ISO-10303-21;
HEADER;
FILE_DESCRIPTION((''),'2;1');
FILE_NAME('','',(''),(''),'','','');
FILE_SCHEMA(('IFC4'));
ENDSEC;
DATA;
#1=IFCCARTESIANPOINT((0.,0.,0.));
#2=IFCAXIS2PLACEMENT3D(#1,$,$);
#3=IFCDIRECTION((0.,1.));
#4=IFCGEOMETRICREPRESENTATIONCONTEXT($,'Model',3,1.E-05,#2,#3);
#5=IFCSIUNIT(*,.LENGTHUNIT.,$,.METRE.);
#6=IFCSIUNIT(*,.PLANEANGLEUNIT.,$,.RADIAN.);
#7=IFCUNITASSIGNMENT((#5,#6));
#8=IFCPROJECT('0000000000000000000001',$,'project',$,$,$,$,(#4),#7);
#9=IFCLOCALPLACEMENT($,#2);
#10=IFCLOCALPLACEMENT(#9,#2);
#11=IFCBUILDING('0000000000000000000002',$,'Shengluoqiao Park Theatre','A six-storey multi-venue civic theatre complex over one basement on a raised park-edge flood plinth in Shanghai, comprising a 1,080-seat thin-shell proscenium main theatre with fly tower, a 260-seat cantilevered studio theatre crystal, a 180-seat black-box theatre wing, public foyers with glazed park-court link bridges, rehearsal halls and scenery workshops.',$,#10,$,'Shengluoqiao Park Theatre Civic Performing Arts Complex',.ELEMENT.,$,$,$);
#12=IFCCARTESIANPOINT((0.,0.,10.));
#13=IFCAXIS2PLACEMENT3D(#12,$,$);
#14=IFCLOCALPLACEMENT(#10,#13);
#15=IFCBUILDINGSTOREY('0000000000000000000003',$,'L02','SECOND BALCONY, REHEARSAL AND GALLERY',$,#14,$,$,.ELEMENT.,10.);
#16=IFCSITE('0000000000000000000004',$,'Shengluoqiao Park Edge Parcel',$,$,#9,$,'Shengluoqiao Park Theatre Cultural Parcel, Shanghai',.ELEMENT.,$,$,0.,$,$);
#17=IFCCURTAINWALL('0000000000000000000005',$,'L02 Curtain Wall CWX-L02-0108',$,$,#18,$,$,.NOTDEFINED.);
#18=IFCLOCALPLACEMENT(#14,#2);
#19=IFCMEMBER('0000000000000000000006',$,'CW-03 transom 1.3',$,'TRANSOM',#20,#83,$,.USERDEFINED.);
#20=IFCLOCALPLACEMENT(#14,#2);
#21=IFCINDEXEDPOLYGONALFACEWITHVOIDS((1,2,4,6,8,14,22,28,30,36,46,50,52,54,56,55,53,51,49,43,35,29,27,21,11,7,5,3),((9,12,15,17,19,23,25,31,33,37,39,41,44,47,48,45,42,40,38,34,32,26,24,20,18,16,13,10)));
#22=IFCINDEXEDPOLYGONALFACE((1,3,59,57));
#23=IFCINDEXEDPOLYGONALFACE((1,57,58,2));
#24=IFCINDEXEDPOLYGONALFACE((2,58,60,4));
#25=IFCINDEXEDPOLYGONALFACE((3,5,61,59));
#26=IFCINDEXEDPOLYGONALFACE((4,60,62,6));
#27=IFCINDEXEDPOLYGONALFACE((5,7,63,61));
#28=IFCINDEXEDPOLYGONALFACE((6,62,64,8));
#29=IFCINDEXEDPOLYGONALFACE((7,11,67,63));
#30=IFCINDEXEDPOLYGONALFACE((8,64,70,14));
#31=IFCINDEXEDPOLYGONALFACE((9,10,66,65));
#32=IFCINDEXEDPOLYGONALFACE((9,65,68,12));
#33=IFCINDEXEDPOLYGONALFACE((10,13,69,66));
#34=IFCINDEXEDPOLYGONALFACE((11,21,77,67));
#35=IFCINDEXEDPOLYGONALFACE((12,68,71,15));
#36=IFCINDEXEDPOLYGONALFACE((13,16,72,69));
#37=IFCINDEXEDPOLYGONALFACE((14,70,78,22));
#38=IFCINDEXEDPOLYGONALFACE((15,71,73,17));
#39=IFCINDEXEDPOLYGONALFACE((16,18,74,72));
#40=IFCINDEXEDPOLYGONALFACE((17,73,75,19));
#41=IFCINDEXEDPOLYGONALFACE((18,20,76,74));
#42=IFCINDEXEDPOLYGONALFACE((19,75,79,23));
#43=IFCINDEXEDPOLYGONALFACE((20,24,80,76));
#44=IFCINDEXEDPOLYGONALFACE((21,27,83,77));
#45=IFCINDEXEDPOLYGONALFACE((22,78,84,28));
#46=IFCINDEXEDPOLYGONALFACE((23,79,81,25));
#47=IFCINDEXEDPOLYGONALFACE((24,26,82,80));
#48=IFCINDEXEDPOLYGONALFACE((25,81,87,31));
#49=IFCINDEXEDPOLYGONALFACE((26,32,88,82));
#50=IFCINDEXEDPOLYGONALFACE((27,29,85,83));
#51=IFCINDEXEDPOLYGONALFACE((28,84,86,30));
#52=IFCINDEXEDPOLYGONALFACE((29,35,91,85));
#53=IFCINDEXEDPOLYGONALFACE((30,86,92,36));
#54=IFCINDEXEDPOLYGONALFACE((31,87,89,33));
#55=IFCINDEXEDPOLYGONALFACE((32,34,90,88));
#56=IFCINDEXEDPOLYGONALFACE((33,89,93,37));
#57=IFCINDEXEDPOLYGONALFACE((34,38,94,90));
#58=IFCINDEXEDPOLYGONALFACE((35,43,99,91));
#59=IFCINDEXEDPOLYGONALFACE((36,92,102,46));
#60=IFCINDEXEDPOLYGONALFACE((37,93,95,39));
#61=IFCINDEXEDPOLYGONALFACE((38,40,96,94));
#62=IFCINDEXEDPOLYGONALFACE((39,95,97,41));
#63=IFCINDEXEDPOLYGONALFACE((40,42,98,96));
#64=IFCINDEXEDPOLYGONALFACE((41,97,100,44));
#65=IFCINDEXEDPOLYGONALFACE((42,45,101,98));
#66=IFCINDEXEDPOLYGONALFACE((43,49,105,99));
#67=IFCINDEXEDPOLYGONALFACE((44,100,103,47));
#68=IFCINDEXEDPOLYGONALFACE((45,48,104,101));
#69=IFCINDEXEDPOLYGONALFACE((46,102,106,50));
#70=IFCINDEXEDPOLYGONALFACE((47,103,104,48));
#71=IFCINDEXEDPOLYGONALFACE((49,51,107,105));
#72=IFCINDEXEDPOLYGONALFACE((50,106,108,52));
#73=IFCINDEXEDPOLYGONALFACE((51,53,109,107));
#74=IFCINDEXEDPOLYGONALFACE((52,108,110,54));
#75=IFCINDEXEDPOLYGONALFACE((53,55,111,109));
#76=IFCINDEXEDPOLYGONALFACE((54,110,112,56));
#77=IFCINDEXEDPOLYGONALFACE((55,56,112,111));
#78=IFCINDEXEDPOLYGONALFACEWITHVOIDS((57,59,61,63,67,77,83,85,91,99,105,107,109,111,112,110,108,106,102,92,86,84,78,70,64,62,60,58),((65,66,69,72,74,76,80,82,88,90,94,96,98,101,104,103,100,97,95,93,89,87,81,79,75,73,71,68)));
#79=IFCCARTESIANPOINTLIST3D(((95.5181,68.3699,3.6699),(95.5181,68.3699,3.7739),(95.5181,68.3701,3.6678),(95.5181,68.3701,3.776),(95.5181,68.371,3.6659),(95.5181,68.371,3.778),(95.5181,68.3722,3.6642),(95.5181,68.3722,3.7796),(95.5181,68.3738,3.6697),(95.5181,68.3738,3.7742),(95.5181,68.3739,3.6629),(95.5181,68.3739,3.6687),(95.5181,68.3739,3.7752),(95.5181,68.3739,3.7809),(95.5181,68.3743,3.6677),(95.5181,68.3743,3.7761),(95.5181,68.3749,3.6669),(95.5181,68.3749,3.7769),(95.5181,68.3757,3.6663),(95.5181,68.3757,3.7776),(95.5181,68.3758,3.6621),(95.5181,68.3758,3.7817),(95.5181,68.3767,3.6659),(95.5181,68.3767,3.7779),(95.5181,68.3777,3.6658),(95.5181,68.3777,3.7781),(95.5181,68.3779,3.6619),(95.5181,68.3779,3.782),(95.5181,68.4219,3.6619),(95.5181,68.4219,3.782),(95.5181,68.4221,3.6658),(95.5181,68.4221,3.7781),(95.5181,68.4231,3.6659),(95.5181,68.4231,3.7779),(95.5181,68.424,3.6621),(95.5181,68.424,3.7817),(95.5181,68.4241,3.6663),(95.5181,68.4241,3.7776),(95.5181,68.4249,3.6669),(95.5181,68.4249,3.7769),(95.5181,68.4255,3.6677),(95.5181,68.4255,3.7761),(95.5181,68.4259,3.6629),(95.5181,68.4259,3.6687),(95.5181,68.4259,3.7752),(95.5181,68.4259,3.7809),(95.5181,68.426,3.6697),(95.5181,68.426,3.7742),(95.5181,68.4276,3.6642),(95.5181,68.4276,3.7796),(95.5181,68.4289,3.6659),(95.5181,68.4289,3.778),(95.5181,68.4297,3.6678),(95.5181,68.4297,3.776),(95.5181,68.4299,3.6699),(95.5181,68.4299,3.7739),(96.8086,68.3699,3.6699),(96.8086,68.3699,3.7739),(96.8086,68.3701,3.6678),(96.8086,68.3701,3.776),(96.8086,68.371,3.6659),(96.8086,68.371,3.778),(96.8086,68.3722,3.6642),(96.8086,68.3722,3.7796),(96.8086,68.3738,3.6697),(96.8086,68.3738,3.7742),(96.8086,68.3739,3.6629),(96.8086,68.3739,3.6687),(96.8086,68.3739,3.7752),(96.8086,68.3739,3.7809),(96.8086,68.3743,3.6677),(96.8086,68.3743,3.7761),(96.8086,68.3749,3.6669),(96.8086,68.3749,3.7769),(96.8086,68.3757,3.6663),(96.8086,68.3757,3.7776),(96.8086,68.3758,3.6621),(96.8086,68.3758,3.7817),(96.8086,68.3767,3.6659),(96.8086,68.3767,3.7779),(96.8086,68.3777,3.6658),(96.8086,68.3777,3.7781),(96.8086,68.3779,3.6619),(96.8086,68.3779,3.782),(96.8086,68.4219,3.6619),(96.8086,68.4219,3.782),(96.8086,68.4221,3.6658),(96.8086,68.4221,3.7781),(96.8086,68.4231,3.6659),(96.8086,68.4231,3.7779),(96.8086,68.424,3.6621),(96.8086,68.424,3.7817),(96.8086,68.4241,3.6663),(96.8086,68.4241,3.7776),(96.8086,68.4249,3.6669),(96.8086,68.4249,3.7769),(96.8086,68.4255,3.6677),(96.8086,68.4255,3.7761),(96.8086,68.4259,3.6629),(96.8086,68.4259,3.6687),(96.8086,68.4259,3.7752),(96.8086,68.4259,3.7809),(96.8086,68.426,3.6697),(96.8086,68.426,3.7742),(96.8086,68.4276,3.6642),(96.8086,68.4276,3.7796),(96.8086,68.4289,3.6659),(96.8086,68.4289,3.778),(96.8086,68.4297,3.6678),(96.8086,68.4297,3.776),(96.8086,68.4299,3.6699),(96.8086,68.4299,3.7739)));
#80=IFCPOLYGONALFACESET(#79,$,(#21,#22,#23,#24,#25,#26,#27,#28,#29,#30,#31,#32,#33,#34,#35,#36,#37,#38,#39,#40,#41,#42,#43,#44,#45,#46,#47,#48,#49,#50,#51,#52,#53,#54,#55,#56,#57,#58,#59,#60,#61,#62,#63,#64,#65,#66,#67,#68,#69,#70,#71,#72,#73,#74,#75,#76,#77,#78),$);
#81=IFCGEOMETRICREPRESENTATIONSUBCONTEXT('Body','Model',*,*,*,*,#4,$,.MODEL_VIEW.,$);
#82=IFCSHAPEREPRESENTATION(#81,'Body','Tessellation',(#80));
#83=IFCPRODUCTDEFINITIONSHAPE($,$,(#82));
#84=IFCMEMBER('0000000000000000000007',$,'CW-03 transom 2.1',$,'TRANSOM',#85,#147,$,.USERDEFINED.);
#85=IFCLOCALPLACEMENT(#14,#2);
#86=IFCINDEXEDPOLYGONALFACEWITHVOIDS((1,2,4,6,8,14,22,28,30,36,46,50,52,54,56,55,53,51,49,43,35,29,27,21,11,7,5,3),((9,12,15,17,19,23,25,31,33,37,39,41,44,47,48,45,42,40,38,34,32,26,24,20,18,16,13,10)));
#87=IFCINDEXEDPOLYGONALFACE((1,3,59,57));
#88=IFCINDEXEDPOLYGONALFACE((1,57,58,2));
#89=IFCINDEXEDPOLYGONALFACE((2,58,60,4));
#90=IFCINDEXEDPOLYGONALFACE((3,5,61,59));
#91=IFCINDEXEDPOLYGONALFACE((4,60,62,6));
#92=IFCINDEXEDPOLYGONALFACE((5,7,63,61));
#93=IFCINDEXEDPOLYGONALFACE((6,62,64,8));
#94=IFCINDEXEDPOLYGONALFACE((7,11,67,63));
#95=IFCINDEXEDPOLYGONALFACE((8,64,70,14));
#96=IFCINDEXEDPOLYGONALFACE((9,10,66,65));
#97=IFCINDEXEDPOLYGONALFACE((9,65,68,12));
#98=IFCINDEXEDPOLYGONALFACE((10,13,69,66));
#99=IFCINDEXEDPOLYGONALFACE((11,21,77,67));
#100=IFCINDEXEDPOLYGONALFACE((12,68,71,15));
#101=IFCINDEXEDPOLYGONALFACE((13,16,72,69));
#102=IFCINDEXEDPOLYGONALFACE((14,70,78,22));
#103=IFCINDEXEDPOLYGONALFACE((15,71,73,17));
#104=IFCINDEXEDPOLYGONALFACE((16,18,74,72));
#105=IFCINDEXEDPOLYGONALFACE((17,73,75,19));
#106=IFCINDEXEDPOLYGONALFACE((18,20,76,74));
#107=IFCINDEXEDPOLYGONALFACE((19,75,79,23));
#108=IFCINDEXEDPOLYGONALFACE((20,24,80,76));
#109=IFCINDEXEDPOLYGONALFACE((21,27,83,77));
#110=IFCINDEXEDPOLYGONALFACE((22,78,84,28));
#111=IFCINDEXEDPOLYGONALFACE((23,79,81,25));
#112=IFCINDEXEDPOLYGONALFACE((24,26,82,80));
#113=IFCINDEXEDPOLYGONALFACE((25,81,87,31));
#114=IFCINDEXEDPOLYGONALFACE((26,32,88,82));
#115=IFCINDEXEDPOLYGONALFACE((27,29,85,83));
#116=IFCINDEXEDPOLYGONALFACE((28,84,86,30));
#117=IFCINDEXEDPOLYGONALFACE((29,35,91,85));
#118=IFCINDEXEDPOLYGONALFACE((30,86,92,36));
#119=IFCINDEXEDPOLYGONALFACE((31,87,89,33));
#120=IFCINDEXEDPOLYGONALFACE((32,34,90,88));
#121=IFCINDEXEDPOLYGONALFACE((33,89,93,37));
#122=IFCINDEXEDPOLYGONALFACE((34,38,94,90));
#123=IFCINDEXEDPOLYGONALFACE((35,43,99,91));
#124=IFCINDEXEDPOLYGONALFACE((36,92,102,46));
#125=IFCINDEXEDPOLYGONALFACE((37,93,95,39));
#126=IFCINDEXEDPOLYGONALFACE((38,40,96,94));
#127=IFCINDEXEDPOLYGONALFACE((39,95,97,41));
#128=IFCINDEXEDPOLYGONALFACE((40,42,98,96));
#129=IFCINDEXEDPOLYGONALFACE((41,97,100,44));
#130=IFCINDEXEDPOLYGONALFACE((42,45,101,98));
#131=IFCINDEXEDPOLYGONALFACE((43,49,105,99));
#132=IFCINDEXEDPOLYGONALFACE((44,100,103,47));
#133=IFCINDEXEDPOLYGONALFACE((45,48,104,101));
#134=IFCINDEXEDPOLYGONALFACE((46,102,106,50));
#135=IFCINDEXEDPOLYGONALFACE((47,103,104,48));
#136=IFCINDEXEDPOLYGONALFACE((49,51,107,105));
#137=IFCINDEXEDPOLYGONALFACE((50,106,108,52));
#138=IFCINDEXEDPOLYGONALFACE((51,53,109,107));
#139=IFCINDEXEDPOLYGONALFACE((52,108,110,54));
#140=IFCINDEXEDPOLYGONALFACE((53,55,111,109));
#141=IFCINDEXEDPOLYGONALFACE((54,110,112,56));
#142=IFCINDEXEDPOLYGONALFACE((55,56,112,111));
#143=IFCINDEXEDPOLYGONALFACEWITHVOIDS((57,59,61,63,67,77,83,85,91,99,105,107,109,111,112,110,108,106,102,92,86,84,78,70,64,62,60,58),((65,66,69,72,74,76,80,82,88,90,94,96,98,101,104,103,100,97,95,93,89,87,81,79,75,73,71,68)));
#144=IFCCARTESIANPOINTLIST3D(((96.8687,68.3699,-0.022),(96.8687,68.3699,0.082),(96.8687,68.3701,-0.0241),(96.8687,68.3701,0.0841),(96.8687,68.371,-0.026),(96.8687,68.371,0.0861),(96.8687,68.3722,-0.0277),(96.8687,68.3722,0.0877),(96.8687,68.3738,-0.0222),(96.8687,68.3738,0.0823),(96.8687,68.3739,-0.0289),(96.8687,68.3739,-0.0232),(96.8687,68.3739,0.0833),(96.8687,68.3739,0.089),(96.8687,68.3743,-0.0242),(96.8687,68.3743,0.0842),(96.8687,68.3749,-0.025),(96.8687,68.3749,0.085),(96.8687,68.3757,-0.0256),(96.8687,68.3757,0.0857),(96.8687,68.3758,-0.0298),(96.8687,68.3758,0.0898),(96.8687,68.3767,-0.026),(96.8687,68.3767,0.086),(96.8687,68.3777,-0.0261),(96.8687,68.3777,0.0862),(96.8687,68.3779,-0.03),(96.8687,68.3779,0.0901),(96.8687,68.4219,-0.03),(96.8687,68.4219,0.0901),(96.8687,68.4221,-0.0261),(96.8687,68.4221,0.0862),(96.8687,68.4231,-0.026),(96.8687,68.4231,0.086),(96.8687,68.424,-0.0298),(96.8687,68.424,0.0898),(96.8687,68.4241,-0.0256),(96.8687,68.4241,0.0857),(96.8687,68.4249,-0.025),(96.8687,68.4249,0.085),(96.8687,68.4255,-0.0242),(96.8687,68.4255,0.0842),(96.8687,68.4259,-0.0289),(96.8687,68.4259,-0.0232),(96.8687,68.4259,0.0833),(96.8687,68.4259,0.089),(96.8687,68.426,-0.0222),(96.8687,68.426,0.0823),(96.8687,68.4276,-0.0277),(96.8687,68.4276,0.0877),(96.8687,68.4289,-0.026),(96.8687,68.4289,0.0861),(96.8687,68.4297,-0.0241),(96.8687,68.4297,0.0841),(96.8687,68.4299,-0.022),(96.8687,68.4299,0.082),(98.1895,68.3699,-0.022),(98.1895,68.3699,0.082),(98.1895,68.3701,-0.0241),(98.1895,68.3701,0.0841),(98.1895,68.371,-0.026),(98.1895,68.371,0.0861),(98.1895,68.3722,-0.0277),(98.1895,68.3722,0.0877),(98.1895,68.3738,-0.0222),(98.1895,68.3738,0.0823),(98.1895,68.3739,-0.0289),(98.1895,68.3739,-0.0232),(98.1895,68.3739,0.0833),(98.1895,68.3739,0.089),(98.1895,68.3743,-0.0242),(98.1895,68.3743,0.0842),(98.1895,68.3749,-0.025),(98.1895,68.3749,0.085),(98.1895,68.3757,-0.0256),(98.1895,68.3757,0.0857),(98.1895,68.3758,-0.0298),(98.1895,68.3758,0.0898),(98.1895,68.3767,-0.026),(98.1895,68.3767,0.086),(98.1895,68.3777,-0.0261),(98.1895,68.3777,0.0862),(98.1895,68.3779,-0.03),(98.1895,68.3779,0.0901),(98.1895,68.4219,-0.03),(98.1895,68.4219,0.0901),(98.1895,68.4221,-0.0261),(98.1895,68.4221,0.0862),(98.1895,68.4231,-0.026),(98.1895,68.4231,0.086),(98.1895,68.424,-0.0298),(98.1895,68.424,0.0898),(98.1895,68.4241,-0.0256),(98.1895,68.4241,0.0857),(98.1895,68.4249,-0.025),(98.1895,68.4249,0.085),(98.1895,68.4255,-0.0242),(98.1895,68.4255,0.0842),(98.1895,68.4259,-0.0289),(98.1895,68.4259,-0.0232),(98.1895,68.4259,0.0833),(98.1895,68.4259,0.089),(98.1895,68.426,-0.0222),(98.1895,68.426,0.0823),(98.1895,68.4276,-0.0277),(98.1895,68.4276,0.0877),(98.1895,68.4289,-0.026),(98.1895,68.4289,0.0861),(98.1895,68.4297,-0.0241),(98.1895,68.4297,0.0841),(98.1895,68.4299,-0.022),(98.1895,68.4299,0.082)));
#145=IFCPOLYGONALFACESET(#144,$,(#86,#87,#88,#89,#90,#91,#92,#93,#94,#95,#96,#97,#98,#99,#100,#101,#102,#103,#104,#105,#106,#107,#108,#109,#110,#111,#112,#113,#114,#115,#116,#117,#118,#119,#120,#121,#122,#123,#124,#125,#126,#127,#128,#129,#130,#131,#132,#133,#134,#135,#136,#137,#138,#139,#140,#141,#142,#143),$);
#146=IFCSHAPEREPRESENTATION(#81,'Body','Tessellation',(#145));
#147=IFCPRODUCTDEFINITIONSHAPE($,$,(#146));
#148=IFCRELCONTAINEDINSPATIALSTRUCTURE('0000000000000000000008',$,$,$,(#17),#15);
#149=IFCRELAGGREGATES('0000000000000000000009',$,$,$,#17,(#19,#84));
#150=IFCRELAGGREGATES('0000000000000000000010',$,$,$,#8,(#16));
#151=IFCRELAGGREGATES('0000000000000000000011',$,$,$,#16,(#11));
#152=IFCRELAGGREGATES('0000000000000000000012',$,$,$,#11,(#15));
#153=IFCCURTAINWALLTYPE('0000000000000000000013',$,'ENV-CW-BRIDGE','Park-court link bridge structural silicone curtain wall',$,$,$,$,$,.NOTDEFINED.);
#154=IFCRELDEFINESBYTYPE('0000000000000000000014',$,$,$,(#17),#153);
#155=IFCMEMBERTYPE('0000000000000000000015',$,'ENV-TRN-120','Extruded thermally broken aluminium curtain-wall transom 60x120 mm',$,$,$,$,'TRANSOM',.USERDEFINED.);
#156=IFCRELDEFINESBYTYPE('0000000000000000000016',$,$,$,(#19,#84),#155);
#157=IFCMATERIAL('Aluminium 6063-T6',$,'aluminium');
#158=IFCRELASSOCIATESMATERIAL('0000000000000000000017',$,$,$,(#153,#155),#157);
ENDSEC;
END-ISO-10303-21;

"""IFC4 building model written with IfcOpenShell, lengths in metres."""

from ifc_helpers import new_model, si_unit, direction, frame, origin, origin_2d, place, context, subcontext, project, spatial, hollow_rectangle, extrude, material, material_profile, profile_set, type_object, element, aggregate, save


model = new_model("IFC4")

# Units and contexts
model_context = context("Model", 3, precision=1e-05, world=origin(), true_north=direction((0.0, 1.0)))
body_context = subcontext(model_context, "Body", "Model", "MODEL_VIEW")
ifc_project = project(units=[si_unit("LENGTHUNIT", "METRE"), si_unit("PLANEANGLEUNIT", "RADIAN")], contexts=[model_context])

# Site, building, storey
site_placement = place(None, origin())
site = spatial("IfcSite", under=ifc_project, at=site_placement, Name="Shengluoqiao Park Edge Parcel", LongName="Shengluoqiao Park Theatre Cultural Parcel, Shanghai", CompositionType="ELEMENT", RefElevation=0.0)
building_placement = place(site_placement, origin())
building = spatial("IfcBuilding", under=site, at=building_placement, Name="Shengluoqiao Park Theatre", Description="A six-storey multi-venue civic theatre complex over one basement on a raised park-edge flood plinth in Shanghai, comprising a 1,080-seat thin-shell proscenium main theatre with fly tower, a 260-seat cantilevered studio theatre crystal, a 180-seat black-box theatre wing, public foyers with glazed park-court link bridges, rehearsal halls and scenery workshops.", LongName="Shengluoqiao Park Theatre Civic Performing Arts Complex", CompositionType="ELEMENT")
storey_placement = place(building_placement, frame((0.0, 0.0, 10.0)))
storey = spatial("IfcBuildingStorey", under=building, at=storey_placement, Name="L02", Description="SECOND BALCONY, REHEARSAL AND GALLERY", CompositionType="ELEMENT", Elevation=10.0)

# Curtain wall, members
ifc_material_1 = material(Name="Aluminium 6063-T6", Category="aluminium")
curtain_wall_type = type_object("IfcCurtainWallType", Name="ENV-CW-BRIDGE", Description="Park-court link bridge structural silicone curtain wall", PredefinedType="NOTDEFINED", material=ifc_material_1)
curtain_wall_placement = place(storey_placement, origin())
curtain_wall = element("IfcCurtainWall", 1, at=curtain_wall_placement, inside=storey, type_object=curtain_wall_type, Name="L02 Curtain Wall CWX-L02-0108", PredefinedType="NOTDEFINED")
ifc_material_profile_1 = material_profile(ifc_material_1, hollow_rectangle(XDim=0.0601, YDim=0.1201, WallThickness=0.0039, InnerFilletRadius=0.0039, OuterFilletRadius=0.0081, at=origin_2d()), Name="ALU TRANSOM 120x60x4")
ifc_profile_set_1 = profile_set([ifc_material_profile_1], Name="Aluminium 6063-T6")
member_type_1 = type_object("IfcMemberType", Name="ENV-TRN-120", Description="Extruded thermally broken aluminium curtain-wall transom 60x120 mm", ElementType="TRANSOM", PredefinedType="USERDEFINED", material=ifc_profile_set_1)
member_1_placement = place(storey_placement, frame((95.5181, 68.3999, 3.7219), z_axis=(1.0, 0.0, 0.0), x_axis=(0.0, 1.0, 0.0)))
member_1 = element("IfcMember", 2, at=member_1_placement, type_object=member_type_1, Name="CW-03 transom 1.3", ObjectType="TRANSOM", PredefinedType="USERDEFINED", context=body_context, shape_type="SweptSolid", body=[
    extrude(hollow_rectangle(XDim=0.0601, YDim=0.1201, WallThickness=0.0039, InnerFilletRadius=0.0039, OuterFilletRadius=0.0081, at=origin_2d()), origin(), (0.0, 0.0, 1.0), 1.2905),
])
member_2_placement = place(storey_placement, frame((96.8687, 68.3999, 0.03), z_axis=(1.0, 0.0, 0.0), x_axis=(0.0, 1.0, 0.0)))
member_2 = element("IfcMember", 3, at=member_2_placement, type_object=member_type_1, Name="CW-03 transom 2.1", ObjectType="TRANSOM", PredefinedType="USERDEFINED", context=body_context, shape_type="SweptSolid", body=[
    extrude(hollow_rectangle(XDim=0.0601, YDim=0.1201, WallThickness=0.0039, InnerFilletRadius=0.0039, OuterFilletRadius=0.0081, at=origin_2d()), origin(), (0.0, 0.0, 1.0), 1.3208),
])

aggregate(curtain_wall, [member_1, member_2])

save(model, "model.ifc")
